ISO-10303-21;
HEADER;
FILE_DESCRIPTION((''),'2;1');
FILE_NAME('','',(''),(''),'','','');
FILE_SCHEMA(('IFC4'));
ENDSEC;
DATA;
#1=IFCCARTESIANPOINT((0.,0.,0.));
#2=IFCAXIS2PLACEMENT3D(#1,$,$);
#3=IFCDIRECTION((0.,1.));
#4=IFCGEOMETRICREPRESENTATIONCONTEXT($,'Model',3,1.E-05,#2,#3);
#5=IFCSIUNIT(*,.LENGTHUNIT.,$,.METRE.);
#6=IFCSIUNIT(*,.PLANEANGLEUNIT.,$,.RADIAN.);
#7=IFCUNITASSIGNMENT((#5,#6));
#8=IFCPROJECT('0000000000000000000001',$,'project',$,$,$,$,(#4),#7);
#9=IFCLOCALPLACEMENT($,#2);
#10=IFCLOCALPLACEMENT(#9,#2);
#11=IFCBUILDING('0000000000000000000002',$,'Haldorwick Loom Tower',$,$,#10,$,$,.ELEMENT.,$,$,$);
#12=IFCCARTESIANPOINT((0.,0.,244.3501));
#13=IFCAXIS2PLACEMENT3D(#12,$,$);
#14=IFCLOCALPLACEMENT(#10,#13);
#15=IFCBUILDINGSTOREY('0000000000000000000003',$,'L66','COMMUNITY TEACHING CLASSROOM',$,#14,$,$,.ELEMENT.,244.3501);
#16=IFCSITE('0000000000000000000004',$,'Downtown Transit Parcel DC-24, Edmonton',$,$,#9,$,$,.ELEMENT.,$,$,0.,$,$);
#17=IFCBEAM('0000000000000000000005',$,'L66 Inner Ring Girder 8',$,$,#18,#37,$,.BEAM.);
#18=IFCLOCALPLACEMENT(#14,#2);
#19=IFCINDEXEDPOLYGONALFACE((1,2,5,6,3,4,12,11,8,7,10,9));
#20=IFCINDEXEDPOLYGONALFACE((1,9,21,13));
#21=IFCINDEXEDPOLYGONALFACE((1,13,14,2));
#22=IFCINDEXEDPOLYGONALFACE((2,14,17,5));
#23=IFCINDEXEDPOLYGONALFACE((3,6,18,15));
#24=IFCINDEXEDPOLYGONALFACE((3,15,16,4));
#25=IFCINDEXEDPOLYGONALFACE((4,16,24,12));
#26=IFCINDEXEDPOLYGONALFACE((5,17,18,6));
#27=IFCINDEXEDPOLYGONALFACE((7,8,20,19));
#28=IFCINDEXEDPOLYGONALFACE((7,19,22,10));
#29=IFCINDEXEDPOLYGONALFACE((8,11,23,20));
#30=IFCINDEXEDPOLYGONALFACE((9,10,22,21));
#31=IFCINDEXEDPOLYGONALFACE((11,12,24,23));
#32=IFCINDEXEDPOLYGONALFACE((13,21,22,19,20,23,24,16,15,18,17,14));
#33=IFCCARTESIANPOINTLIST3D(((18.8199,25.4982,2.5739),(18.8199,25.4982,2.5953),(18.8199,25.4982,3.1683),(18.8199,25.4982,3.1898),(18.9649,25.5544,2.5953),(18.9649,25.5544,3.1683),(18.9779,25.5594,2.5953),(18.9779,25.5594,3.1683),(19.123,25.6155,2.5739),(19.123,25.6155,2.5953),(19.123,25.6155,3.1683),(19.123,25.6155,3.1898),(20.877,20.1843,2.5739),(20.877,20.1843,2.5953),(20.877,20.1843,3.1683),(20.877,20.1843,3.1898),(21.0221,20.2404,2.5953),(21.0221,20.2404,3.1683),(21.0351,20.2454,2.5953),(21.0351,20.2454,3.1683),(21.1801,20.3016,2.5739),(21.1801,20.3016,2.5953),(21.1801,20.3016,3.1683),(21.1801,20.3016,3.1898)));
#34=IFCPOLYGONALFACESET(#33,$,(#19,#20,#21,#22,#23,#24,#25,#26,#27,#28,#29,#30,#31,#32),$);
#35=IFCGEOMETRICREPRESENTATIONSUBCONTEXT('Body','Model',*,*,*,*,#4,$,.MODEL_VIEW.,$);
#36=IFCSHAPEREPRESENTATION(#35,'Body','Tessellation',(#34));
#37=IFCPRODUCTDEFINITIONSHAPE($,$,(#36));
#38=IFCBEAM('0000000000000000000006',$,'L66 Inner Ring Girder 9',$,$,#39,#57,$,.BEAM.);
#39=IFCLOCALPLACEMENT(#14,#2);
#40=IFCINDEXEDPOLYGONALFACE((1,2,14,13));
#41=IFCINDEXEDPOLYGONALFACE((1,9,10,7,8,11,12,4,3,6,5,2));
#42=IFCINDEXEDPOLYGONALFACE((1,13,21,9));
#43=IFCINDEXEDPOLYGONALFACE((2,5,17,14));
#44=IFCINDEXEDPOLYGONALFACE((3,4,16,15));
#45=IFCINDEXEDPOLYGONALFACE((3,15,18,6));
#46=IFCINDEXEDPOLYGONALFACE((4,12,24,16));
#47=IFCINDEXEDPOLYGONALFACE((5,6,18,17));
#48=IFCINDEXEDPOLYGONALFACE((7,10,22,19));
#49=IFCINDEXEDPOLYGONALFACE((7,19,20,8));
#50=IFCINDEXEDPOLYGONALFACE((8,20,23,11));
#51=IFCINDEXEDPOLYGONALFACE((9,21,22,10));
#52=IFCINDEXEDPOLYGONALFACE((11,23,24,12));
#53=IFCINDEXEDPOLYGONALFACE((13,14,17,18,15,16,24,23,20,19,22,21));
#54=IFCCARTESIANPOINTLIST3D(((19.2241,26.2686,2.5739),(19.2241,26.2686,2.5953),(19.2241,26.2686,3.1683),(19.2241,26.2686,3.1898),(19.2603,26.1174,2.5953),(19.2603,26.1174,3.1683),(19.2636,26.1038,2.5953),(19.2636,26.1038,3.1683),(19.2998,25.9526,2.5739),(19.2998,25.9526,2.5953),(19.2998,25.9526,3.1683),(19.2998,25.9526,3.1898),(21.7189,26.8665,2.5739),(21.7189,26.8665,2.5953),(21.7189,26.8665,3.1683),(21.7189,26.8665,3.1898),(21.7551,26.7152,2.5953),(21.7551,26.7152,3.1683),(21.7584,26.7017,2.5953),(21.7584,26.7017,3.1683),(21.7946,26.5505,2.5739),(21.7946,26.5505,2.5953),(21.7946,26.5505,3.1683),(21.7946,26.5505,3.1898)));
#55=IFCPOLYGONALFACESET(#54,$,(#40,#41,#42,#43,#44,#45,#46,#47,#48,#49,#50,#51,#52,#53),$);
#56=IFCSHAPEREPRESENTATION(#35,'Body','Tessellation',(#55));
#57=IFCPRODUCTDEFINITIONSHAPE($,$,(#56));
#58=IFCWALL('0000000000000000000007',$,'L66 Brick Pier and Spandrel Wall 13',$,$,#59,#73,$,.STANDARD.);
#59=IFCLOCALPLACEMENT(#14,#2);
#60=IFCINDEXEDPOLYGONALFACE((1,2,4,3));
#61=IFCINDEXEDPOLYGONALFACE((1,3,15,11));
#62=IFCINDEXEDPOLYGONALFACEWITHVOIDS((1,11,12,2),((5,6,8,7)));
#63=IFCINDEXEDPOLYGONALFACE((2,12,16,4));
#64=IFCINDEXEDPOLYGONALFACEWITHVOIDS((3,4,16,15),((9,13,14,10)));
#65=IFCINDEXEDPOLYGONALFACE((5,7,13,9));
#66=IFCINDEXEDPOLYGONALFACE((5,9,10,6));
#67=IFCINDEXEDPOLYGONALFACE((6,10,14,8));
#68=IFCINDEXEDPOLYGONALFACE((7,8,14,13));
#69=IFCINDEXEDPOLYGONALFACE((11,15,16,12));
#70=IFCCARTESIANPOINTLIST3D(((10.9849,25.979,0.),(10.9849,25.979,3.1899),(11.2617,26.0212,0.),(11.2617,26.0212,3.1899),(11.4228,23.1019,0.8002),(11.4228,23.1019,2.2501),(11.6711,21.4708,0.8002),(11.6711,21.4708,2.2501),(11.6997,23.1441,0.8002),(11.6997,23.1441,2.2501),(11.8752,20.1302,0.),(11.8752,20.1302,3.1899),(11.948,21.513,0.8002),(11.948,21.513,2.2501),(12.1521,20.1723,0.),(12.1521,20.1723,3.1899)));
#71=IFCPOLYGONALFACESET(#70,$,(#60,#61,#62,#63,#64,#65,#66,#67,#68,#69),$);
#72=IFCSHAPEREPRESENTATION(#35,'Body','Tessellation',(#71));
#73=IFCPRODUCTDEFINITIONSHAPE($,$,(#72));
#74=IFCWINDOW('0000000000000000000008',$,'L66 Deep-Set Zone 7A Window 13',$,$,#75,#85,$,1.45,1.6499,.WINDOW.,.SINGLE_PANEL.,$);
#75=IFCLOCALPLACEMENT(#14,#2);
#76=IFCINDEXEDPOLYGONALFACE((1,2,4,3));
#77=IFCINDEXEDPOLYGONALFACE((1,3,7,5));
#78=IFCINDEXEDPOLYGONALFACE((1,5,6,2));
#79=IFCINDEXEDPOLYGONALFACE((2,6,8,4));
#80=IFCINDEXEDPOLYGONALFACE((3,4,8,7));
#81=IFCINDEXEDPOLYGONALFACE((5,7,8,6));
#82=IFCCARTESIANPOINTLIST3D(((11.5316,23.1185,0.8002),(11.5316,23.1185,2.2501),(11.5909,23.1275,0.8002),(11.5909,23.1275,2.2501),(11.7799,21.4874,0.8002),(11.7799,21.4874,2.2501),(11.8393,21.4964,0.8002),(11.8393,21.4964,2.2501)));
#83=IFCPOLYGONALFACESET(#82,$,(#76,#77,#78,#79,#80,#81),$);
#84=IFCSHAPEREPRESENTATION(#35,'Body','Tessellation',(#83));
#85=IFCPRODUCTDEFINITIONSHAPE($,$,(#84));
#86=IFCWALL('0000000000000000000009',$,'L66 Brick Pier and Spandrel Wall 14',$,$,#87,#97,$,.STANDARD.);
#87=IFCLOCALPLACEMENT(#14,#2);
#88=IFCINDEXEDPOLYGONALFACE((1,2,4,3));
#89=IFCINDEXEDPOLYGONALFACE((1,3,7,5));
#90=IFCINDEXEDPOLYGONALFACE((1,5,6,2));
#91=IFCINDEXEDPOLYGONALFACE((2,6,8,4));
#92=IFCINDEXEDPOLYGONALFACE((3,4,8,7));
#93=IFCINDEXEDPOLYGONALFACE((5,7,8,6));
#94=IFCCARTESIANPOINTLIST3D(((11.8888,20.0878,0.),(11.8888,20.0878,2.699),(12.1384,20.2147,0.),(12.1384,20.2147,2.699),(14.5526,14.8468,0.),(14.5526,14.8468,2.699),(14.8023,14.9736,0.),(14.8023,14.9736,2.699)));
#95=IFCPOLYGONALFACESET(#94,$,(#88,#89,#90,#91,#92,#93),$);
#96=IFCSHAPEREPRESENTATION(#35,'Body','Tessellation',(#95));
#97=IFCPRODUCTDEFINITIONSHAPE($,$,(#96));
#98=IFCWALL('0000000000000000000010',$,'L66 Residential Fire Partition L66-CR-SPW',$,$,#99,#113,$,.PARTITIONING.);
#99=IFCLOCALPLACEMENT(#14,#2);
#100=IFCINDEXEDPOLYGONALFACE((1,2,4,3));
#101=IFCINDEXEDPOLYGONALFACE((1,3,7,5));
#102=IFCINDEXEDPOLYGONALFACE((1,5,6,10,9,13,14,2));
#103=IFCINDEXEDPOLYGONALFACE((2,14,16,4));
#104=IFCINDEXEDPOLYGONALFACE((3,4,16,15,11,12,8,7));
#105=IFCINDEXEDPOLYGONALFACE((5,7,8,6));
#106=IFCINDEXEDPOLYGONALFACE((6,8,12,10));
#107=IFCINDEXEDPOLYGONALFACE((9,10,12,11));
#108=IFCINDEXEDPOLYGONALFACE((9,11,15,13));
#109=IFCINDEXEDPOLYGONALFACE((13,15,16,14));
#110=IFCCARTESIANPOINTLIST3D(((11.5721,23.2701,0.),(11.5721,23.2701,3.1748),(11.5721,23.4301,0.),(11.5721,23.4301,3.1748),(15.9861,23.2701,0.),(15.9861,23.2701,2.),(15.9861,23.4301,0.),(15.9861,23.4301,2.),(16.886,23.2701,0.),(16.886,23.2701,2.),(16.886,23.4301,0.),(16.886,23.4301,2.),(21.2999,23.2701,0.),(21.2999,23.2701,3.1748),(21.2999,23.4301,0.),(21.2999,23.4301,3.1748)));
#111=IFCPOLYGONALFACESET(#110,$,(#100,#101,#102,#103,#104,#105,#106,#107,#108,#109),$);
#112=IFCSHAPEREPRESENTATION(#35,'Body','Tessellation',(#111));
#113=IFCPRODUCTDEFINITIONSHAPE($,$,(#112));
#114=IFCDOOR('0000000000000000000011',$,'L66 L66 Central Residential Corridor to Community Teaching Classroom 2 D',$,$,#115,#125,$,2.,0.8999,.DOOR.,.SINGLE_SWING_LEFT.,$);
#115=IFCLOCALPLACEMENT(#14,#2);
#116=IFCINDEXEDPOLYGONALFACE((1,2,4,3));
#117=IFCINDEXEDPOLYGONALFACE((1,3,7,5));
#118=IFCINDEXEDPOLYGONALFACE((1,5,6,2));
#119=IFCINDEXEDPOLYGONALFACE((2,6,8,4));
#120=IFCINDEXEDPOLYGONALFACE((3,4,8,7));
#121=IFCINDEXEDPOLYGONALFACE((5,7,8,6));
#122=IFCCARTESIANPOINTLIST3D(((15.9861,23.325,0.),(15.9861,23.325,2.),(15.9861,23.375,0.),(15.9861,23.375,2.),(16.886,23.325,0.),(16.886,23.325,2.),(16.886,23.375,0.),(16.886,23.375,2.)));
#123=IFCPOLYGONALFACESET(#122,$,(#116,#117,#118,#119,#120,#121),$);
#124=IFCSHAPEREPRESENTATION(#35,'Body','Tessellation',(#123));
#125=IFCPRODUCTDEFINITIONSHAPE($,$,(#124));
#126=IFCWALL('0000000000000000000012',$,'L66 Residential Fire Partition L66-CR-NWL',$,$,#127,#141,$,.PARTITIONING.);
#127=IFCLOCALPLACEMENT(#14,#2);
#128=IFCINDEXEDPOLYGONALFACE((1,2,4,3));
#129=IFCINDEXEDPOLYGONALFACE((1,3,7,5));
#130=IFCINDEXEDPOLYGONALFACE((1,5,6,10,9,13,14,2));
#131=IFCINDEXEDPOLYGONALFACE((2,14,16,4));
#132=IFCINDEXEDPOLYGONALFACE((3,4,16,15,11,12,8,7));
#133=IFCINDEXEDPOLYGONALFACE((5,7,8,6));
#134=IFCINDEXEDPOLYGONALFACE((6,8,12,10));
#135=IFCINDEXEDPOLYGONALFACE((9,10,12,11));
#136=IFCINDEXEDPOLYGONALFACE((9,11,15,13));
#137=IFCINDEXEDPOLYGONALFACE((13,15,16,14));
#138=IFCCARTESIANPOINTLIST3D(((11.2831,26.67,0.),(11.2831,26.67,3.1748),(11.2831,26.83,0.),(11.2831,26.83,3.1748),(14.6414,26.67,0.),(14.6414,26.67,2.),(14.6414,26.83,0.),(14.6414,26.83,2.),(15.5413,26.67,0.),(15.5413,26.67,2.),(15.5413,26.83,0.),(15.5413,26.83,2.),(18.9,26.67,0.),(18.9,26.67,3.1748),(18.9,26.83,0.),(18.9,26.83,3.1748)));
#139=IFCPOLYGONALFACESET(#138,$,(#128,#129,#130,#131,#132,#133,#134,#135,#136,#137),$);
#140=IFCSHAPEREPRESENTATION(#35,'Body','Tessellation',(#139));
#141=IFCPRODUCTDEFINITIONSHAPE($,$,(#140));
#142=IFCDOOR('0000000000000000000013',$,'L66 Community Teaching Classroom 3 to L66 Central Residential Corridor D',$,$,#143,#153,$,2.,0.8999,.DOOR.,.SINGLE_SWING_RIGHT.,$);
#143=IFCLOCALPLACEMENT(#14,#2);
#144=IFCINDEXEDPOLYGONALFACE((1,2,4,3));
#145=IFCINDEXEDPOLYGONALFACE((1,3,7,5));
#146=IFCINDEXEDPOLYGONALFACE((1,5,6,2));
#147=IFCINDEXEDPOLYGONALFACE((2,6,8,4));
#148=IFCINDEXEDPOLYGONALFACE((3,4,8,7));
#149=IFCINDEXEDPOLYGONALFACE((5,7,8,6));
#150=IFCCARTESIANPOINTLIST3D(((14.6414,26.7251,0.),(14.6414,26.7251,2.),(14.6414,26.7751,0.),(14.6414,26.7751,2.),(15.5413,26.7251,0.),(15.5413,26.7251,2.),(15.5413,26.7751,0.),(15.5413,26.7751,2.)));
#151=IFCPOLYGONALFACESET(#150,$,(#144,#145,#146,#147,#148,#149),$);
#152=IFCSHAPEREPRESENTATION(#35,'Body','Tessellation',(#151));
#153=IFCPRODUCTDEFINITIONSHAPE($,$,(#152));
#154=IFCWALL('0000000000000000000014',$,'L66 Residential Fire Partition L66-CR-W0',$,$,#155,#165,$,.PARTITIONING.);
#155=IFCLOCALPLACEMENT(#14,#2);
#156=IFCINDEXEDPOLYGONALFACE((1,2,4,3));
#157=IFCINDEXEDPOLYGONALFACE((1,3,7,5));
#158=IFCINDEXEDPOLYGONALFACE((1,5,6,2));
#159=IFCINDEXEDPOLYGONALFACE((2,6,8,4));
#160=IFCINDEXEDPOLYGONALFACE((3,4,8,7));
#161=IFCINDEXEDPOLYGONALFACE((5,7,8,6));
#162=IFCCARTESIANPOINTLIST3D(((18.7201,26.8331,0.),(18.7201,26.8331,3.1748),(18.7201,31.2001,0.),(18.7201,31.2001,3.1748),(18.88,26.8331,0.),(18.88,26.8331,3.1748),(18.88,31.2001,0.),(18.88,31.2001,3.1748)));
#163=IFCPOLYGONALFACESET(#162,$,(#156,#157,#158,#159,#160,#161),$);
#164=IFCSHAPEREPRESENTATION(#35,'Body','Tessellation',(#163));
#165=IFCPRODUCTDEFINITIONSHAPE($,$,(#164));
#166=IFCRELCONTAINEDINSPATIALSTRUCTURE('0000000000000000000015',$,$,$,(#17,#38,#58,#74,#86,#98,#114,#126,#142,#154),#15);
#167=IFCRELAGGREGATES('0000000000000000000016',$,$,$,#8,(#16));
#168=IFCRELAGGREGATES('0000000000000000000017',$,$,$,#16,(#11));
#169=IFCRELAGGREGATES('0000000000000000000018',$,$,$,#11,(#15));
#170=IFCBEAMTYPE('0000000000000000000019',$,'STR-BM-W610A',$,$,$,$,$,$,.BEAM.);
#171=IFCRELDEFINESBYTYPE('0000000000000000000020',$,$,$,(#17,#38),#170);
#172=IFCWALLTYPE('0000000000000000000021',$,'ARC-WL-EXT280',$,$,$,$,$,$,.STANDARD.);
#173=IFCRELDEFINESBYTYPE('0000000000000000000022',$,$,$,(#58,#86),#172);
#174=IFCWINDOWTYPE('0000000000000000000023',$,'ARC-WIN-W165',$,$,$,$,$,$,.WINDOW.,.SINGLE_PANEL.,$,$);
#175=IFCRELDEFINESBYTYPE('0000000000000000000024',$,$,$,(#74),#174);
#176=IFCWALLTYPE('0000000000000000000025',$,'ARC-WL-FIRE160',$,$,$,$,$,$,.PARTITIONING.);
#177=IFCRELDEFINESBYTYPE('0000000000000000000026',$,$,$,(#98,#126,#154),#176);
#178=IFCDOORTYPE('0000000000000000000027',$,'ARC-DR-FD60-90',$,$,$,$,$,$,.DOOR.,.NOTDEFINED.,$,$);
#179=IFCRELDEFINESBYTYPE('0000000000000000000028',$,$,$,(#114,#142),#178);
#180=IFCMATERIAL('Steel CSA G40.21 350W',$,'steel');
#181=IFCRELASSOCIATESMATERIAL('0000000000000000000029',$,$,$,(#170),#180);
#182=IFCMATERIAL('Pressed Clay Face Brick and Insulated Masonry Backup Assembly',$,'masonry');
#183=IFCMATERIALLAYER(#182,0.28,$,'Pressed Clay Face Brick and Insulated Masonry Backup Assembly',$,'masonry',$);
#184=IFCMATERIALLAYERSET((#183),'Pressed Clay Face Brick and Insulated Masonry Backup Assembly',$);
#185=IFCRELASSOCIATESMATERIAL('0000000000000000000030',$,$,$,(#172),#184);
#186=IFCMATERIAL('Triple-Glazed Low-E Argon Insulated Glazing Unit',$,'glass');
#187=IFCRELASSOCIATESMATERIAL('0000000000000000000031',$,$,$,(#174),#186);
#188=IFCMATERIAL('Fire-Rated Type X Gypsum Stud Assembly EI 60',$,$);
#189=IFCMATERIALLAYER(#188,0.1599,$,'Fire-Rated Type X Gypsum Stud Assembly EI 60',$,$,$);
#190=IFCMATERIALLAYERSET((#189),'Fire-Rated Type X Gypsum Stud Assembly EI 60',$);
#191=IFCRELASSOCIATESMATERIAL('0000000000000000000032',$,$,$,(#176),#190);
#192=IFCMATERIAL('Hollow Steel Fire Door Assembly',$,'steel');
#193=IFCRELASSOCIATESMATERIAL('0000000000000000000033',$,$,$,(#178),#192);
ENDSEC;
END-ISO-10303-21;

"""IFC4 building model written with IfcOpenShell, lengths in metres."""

from ifc_helpers import new_model, si_unit, direction, frame, frame_2d, origin, origin_2d, place, context, subcontext, project, spatial, rectangle, i_section, extrude, material, layer, layer_set, material_profile, profile_set, type_object, element, fill, save


model = new_model("IFC4")

# Units and contexts
model_context = context("Model", 3, precision=1e-05, world=origin(), true_north=direction((0.0, 1.0)))
body_context = subcontext(model_context, "Body", "Model", "MODEL_VIEW")
ifc_project = project(units=[si_unit("LENGTHUNIT", "METRE"), si_unit("PLANEANGLEUNIT", "RADIAN")], contexts=[model_context])

# Site, building, storey
site_placement = place(None, origin())
site = spatial("IfcSite", under=ifc_project, at=site_placement, Name="Downtown Transit Parcel DC-24, Edmonton", CompositionType="ELEMENT", RefElevation=0.0)
building_placement = place(site_placement, origin())
building = spatial("IfcBuilding", under=site, at=building_placement, Name="Haldorwick Loom Tower", CompositionType="ELEMENT")
storey_placement = place(building_placement, frame((0.0, 0.0, 244.3501)))
storey = spatial("IfcBuildingStorey", under=building, at=storey_placement, Name="L66", Description="COMMUNITY TEACHING CLASSROOM", CompositionType="ELEMENT", Elevation=244.3501)

# Beams
ifc_material_1 = material(Name="Steel CSA G40.21 350W", Category="steel")
ifc_material_profile_1 = material_profile(ifc_material_1, i_section(OverallWidth=0.325, OverallDepth=0.616, WebThickness=0.0139, FlangeThickness=0.0215, at=origin_2d()), Name="W610X174", Category="steel")
ifc_profile_set_1 = profile_set([ifc_material_profile_1], Name="Steel CSA G40.21 350W")
beam_type_1 = type_object("IfcBeamType", Name="STR-BM-W610A", PredefinedType="BEAM", material=ifc_profile_set_1)
beam_1_placement = place(storey_placement, frame((21.0286, 20.2429, 2.8818), z_axis=(-0.361011, 0.932562, 0.0), x_axis=(-0.932562, -0.361011, 0.0)))
element("IfcBeam", 1, at=beam_1_placement, inside=storey, type_object=beam_type_1, Name="L66 Inner Ring Girder 8", PredefinedType="BEAM", context=body_context, shape_type="SweptSolid", body=[
    extrude(i_section(OverallWidth=0.325, OverallDepth=0.616, WebThickness=0.0139, FlangeThickness=0.0215, at=origin_2d()), origin(), (0.0, 0.0, 1.0), 5.6982),
])
beam_2_placement = place(storey_placement, frame((19.262, 26.1106, 2.8818), z_axis=(0.972464, 0.233053, 0.0), x_axis=(-0.233053, 0.972464, 0.0)))
element("IfcBeam", 2, at=beam_2_placement, inside=storey, type_object=beam_type_1, Name="L66 Inner Ring Girder 9", PredefinedType="BEAM", context=body_context, shape_type="SweptSolid", body=[
    extrude(i_section(OverallWidth=0.325, OverallDepth=0.616, WebThickness=0.0139, FlangeThickness=0.0215, at=origin_2d()), origin(), (0.0, 0.0, 1.0), 2.5654),
])

# Wall, opening, window
ifc_material_2 = material(Name="Pressed Clay Face Brick and Insulated Masonry Backup Assembly", Category="masonry")
ifc_layer_1 = layer(ifc_material_2, 0.28, Name="Pressed Clay Face Brick and Insulated Masonry Backup Assembly", Category="masonry")
ifc_layer_set_1 = layer_set([ifc_layer_1], Name="Pressed Clay Face Brick and Insulated Masonry Backup Assembly")
wall_type_1 = type_object("IfcWallType", Name="ARC-WL-EXT280", PredefinedType="STANDARD", material=ifc_layer_set_1)
wall_1_placement = place(storey_placement, frame((11.1233, 26.0, 0.0), z_axis=(0.0, 0.0, 1.0), x_axis=(0.150497, -0.98861, 0.0)))
wall_1 = element("IfcWall", 3, at=wall_1_placement, inside=storey, type_object=wall_type_1, Name="L66 Brick Pier and Spandrel Wall 13", PredefinedType="STANDARD", context=body_context, shape_type="SweptSolid", body=[
    extrude(rectangle(XDim=5.9163, YDim=0.28, at=frame_2d((2.958, 0.0))), origin(), (0.0, 0.0, 1.0), 3.1899),
])
opening_1_placement = place(wall_1_placement, frame((2.9102, 0.0, 0.8)))
opening_1 = element("IfcOpeningElement", 4, at=opening_1_placement, cuts=wall_1, PredefinedType="OPENING", context=body_context, shape_type="SweptSolid", body=[
    extrude(rectangle(XDim=1.6499, YDim=1.45, at=frame_2d((0.825, 0.7251))), frame((0.0, 0.1499, 0.0), z_axis=(0.0, -1.0, 0.0), x_axis=(1.0, 0.0, 0.0)), (0.0, 0.0, 1.0), 0.3),
])
ifc_material_3 = material(Name="Triple-Glazed Low-E Argon Insulated Glazing Unit", Category="glass")
window_type = type_object("IfcWindowType", Name="ARC-WIN-W165", PartitioningType="SINGLE_PANEL", PredefinedType="WINDOW", material=ifc_material_3)
window_placement = place(opening_1_placement, origin())
window = element("IfcWindow", 5, at=window_placement, inside=storey, type_object=window_type, Name="L66 Deep-Set Zone 7A Window 13", OverallHeight=1.45, OverallWidth=1.6499, PartitioningType="SINGLE_PANEL", PredefinedType="WINDOW", context=body_context, shape_type="SweptSolid", body=[
    extrude(rectangle(XDim=1.6499, YDim=1.45, at=frame_2d((0.825, 0.7251))), frame((0.0, 0.03, 0.0), z_axis=(0.0, -1.0, 0.0), x_axis=(1.0, 0.0, 0.0)), (0.0, 0.0, 1.0), 0.0601),
])
fill(opening_1, window)

# Wall
wall_2_placement = place(storey_placement, frame((12.0137, 20.1511, 0.0), z_axis=(0.0, 0.0, 1.0), x_axis=(0.453101, -0.891459, 0.0)))
element("IfcWall", 6, at=wall_2_placement, inside=storey, type_object=wall_type_1, Name="L66 Brick Pier and Spandrel Wall 14", PredefinedType="STANDARD", context=body_context, shape_type="SweptSolid", body=[
    extrude(rectangle(XDim=5.8792, YDim=0.28, at=frame_2d((2.9395, 0.0))), origin(), (0.0, 0.0, 1.0), 2.699),
])

# Walls, openings, doors
ifc_material_4 = material(Name="Fire-Rated Type X Gypsum Stud Assembly EI 60")
ifc_layer_2 = layer(ifc_material_4, 0.1599, Name="Fire-Rated Type X Gypsum Stud Assembly EI 60")
ifc_layer_set_2 = layer_set([ifc_layer_2], Name="Fire-Rated Type X Gypsum Stud Assembly EI 60")
wall_type_2 = type_object("IfcWallType", Name="ARC-WL-FIRE160", PredefinedType="PARTITIONING", material=ifc_layer_set_2)
wall_3_placement = place(storey_placement, frame((11.5723, 23.3501, 0.0), z_axis=(0.0, 0.0, 1.0), x_axis=(1.0, 0.0, 0.0)))
wall_3 = element("IfcWall", 7, at=wall_3_placement, inside=storey, type_object=wall_type_2, Name="L66 Residential Fire Partition L66-CR-SPW", PredefinedType="PARTITIONING", context=body_context, shape_type="SweptSolid", body=[
    extrude(rectangle(XDim=9.7278, YDim=0.1599, at=frame_2d((4.8638, 0.0))), origin(), (0.0, 0.0, 1.0), 3.1748),
])
opening_2_placement = place(wall_3_placement, frame((4.4138, 0.0, 0.0)))
opening_2 = element("IfcOpeningElement", 8, at=opening_2_placement, cuts=wall_3, PredefinedType="OPENING", context=body_context, shape_type="SweptSolid", body=[
    extrude(rectangle(XDim=0.8999, YDim=2.0, at=frame_2d((0.45, 1.0))), frame((0.0, 0.0898, 0.0), z_axis=(0.0, -1.0, 0.0), x_axis=(1.0, 0.0, 0.0)), (0.0, 0.0, 1.0), 0.1799),
])
ifc_material_5 = material(Name="Hollow Steel Fire Door Assembly", Category="steel")
door_type = type_object("IfcDoorType", Name="ARC-DR-FD60-90", OperationType="NOTDEFINED", PredefinedType="DOOR", material=ifc_material_5)
door_1_placement = place(opening_2_placement, origin())
door_1 = element("IfcDoor", 9, at=door_1_placement, inside=storey, type_object=door_type, Name="L66 L66 Central Residential Corridor to Community Teaching Classroom 2 D", OperationType="SINGLE_SWING_LEFT", OverallHeight=2.0, OverallWidth=0.8999, PredefinedType="DOOR", context=body_context, shape_type="SweptSolid", body=[
    extrude(rectangle(XDim=0.8999, YDim=2.0, at=frame_2d((0.45, 1.0))), frame((0.0, 0.0249, 0.0), z_axis=(0.0, -1.0, 0.0), x_axis=(1.0, 0.0, 0.0)), (0.0, 0.0, 1.0), 0.05),
])
fill(opening_2, door_1)
wall_4_placement = place(storey_placement, frame((11.283, 26.75, 0.0), z_axis=(0.0, 0.0, 1.0), x_axis=(1.0, 0.0, 0.0)))
wall_4 = element("IfcWall", 10, at=wall_4_placement, inside=storey, type_object=wall_type_2, Name="L66 Residential Fire Partition L66-CR-NWL", PredefinedType="PARTITIONING", context=body_context, shape_type="SweptSolid", body=[
    extrude(rectangle(XDim=7.6169, YDim=0.1599, at=frame_2d((3.8086, 0.0))), origin(), (0.0, 0.0, 1.0), 3.1748),
])
opening_3_placement = place(wall_4_placement, frame((3.3584, 0.0, 0.0)))
opening_3 = element("IfcOpeningElement", 11, at=opening_3_placement, cuts=wall_4, PredefinedType="OPENING", context=body_context, shape_type="SweptSolid", body=[
    extrude(rectangle(XDim=0.8999, YDim=2.0, at=frame_2d((0.45, 1.0))), frame((0.0, 0.0898, 0.0), z_axis=(0.0, -1.0, 0.0), x_axis=(1.0, 0.0, 0.0)), (0.0, 0.0, 1.0), 0.1799),
])
door_2_placement = place(opening_3_placement, frame((0.8999, 0.0, 0.0), z_axis=(0.0, 0.0, 1.0), x_axis=(-1.0, 0.0, 0.0)))
door_2 = element("IfcDoor", 12, at=door_2_placement, inside=storey, type_object=door_type, Name="L66 Community Teaching Classroom 3 to L66 Central Residential Corridor D", OperationType="SINGLE_SWING_RIGHT", OverallHeight=2.0, OverallWidth=0.8999, PredefinedType="DOOR", context=body_context, shape_type="SweptSolid", body=[
    extrude(rectangle(XDim=0.8999, YDim=2.0, at=frame_2d((0.45, 1.0))), frame((0.0, 0.0249, 0.0), z_axis=(0.0, -1.0, 0.0), x_axis=(1.0, 0.0, 0.0)), (0.0, 0.0, 1.0), 0.05),
])
fill(opening_3, door_2)

# Wall
wall_5_placement = place(storey_placement, frame((18.8, 26.833, 0.0), z_axis=(0.0, 0.0, 1.0), x_axis=(0.0, 1.0, 0.0)))
element("IfcWall", 13, at=wall_5_placement, inside=storey, type_object=wall_type_2, Name="L66 Residential Fire Partition L66-CR-W0", PredefinedType="PARTITIONING", context=body_context, shape_type="SweptSolid", body=[
    extrude(rectangle(XDim=4.3669, YDim=0.1599, at=frame_2d((2.1836, 0.0))), origin(), (0.0, 0.0, 1.0), 3.1748),
])

save(model, "model.ifc")
